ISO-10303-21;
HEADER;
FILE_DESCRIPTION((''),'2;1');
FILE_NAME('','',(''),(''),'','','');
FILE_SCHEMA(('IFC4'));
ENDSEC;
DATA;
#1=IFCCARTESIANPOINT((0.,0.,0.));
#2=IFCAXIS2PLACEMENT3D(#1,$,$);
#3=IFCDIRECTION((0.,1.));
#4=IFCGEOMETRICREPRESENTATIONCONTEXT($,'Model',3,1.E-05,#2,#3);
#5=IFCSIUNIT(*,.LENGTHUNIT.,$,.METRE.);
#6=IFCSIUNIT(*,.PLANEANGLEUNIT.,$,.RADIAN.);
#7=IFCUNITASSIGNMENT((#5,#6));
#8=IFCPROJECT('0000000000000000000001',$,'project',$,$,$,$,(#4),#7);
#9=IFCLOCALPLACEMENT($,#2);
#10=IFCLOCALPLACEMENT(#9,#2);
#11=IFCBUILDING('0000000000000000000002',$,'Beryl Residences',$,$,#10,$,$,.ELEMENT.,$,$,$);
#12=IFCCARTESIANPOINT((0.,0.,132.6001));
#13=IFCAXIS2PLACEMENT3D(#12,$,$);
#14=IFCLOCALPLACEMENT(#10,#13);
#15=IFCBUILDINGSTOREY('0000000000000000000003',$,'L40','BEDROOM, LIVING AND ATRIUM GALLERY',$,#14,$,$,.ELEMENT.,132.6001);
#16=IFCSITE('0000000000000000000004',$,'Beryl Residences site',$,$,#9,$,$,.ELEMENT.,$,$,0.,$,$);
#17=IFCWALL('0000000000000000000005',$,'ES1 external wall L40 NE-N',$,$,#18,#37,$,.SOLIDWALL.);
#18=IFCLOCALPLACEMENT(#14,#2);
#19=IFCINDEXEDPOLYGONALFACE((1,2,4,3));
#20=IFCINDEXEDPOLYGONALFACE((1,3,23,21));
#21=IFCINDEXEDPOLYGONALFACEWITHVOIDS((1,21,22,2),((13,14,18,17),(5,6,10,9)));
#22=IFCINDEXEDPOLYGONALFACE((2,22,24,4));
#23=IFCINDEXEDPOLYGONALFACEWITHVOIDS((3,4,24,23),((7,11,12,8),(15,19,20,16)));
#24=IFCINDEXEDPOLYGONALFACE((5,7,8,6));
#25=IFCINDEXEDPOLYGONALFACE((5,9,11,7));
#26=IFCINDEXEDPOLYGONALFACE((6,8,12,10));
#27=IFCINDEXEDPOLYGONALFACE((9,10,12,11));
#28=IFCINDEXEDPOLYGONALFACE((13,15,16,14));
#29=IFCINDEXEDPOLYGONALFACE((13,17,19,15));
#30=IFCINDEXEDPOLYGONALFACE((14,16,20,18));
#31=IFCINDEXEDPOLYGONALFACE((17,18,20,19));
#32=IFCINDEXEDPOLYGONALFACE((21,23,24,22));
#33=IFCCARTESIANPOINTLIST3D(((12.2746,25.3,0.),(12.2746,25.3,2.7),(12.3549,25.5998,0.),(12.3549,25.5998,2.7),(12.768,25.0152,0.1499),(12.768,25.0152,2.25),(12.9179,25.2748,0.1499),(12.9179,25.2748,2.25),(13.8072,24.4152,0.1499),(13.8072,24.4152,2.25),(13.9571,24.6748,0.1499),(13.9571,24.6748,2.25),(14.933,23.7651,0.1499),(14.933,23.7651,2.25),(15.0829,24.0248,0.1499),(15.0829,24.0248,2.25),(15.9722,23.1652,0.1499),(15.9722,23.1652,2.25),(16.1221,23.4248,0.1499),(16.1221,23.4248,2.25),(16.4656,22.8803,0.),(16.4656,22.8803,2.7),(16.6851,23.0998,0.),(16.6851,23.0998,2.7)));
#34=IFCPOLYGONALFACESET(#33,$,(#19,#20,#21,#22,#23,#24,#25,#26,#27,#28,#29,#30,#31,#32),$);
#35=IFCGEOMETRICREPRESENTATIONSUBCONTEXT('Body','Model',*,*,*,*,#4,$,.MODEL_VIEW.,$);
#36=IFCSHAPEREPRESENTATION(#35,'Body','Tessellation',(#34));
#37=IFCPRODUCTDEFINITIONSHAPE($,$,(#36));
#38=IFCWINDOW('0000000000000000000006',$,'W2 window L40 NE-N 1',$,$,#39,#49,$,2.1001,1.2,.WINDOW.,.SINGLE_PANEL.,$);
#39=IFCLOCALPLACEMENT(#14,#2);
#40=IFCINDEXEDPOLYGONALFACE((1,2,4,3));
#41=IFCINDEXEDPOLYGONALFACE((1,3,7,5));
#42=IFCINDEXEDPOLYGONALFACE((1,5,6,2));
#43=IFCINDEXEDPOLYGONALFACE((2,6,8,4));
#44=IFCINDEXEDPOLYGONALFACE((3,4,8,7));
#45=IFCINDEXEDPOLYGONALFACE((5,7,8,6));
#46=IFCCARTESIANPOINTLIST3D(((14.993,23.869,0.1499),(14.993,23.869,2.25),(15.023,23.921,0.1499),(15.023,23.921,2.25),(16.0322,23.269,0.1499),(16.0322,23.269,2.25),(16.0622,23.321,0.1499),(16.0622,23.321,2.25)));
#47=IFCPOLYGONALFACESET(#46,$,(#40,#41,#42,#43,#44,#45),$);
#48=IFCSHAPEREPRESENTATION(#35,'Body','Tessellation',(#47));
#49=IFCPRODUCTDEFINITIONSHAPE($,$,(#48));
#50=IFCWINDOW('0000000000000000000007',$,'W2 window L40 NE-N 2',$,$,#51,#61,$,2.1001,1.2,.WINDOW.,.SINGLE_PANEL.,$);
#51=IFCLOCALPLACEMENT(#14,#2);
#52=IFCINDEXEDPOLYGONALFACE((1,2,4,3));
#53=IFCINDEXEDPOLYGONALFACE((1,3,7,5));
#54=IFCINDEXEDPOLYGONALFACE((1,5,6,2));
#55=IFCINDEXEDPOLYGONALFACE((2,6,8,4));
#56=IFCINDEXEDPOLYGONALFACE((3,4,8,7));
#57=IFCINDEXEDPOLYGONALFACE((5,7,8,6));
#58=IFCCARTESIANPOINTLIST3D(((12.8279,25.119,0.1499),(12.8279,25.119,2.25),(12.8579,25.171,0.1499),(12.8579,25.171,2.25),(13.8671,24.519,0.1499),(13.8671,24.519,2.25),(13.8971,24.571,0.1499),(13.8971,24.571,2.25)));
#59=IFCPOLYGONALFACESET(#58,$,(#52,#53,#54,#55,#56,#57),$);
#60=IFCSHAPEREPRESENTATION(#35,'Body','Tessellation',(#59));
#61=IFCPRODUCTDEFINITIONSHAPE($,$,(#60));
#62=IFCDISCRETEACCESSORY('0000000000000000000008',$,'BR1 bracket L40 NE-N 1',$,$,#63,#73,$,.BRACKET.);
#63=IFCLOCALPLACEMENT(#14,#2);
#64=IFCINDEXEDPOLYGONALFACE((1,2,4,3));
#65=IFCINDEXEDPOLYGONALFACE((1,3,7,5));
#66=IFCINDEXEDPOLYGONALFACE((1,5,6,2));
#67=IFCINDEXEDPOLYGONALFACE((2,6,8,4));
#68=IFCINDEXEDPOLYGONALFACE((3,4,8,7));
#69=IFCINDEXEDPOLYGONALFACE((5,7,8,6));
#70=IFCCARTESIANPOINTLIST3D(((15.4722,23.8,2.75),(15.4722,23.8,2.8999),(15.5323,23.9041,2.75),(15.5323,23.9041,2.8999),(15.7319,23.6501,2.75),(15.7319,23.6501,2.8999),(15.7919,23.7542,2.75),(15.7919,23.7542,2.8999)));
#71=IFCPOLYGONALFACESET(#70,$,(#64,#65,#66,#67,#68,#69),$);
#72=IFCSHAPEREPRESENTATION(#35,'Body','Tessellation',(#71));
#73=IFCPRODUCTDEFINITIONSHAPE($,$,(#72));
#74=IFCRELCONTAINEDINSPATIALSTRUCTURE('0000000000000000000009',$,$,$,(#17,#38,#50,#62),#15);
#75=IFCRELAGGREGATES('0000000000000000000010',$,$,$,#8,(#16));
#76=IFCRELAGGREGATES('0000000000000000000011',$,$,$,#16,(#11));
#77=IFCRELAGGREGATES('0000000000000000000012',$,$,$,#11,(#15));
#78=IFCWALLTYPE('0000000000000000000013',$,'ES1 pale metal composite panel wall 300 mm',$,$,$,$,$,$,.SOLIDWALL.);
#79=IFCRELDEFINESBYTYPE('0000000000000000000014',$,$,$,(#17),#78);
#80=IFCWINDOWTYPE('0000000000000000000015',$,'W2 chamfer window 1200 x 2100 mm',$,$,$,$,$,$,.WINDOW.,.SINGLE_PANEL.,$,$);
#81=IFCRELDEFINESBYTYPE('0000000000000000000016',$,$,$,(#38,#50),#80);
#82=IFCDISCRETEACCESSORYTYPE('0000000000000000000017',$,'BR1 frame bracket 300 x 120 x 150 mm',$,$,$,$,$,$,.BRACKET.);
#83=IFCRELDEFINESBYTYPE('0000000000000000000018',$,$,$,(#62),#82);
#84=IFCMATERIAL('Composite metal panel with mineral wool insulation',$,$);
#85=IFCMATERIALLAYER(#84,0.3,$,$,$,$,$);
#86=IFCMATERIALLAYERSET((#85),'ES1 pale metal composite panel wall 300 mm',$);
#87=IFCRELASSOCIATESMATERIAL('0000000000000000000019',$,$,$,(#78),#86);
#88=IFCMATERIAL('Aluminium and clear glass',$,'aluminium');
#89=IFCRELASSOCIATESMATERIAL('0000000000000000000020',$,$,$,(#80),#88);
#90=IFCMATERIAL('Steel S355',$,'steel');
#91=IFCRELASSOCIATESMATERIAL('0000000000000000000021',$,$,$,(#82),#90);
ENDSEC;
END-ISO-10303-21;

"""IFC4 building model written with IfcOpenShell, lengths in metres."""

from ifc_helpers import new_model, si_unit, direction, frame, frame_2d, origin, place, context, subcontext, project, spatial, polyline, rectangle, outline, extrude, source, transform, mapped, material, layer, layer_set, type_object, type_shapes, element, fill, save


model = new_model("IFC4")

# Units and contexts
model_context = context("Model", 3, precision=1e-05, world=origin(), true_north=direction((0.0, 1.0)))
body_context = subcontext(model_context, "Body", "Model", "MODEL_VIEW")
ifc_project = project(units=[si_unit("LENGTHUNIT", "METRE"), si_unit("PLANEANGLEUNIT", "RADIAN")], contexts=[model_context])

# Site, building, storey
site_placement = place(None, origin())
site = spatial("IfcSite", under=ifc_project, at=site_placement, Name="Beryl Residences site", CompositionType="ELEMENT", RefElevation=0.0)
building_placement = place(site_placement, origin())
building = spatial("IfcBuilding", under=site, at=building_placement, Name="Beryl Residences", CompositionType="ELEMENT")
storey_placement = place(building_placement, frame((0.0, 0.0, 132.6001)))
storey = spatial("IfcBuildingStorey", under=building, at=storey_placement, Name="L40", Description="BEDROOM, LIVING AND ATRIUM GALLERY", CompositionType="ELEMENT", Elevation=132.6001)

# Wall, openings, windows
ifc_material_1 = material(Name="Composite metal panel with mineral wool insulation")
ifc_layer = layer(ifc_material_1, 0.3)
ifc_layer_set = layer_set([ifc_layer], Name="ES1 pale metal composite panel wall 300 mm")
wall_type = type_object("IfcWallType", Name="ES1 pale metal composite panel wall 300 mm", PredefinedType="SOLIDWALL", material=ifc_layer_set)
wall_1_placement = place(storey_placement, frame((16.6101, 22.97, 0.0), z_axis=(0.0, 0.0, 1.0), x_axis=(-0.866023, 0.500004, 0.0)))
wall_1 = element("IfcWall", 1, at=wall_1_placement, inside=storey, type_object=wall_type, Name="ES1 external wall L40 NE-N", PredefinedType="SOLIDWALL", context=body_context, shape_type="SweptSolid", body=[
    extrude(outline(polyline([(0.0, -0.1499), (5.0, -0.1499), (4.9197, 0.1499), (0.0803, 0.1499), (0.0, -0.1499)])), origin(), (0.0, 0.0, 1.0), 2.7),
])
opening_1_placement = place(wall_1_placement, frame((0.6499, 0.0, 0.1499)))
opening_1 = element("IfcOpeningElement", 2, at=opening_1_placement, cuts=wall_1, PredefinedType="OPENING", context=body_context, shape_type="SweptSolid", body=[
    extrude(rectangle(XDim=1.2, YDim=2.1001, at=frame_2d((0.6001, 1.05))), frame((0.0, 0.1599, 0.0), z_axis=(0.0, -1.0, 0.0), x_axis=(1.0, 0.0, 0.0)), (0.0, 0.0, 1.0), 0.3201),
])
opening_2_placement = place(wall_1_placement, frame((3.1499, 0.0, 0.1499)))
opening_2 = element("IfcOpeningElement", 3, at=opening_2_placement, cuts=wall_1, PredefinedType="OPENING", context=body_context, shape_type="SweptSolid", body=[
    extrude(rectangle(XDim=1.2, YDim=2.1001, at=frame_2d((0.6001, 1.05))), frame((0.0, 0.1599, 0.0), z_axis=(0.0, -1.0, 0.0), x_axis=(1.0, 0.0, 0.0)), (0.0, 0.0, 1.0), 0.3201),
])
ifc_material_2 = material(Name="Aluminium and clear glass", Category="aluminium")
window_type_1 = type_object("IfcWindowType", Name="W2 chamfer window 1200 x 2100 mm", PartitioningType="SINGLE_PANEL", PredefinedType="WINDOW", material=ifc_material_2)
window_1_placement = place(opening_1_placement, origin())
window_1 = element("IfcWindow", 4, at=window_1_placement, inside=storey, type_object=window_type_1, Name="W2 window L40 NE-N 1", OverallHeight=2.1001, OverallWidth=1.2, PartitioningType="SINGLE_PANEL", PredefinedType="WINDOW", context=body_context, shape_type="SweptSolid", body=[
    extrude(rectangle(XDim=1.2, YDim=2.1001, at=frame_2d((0.6001, 1.05))), frame((0.0, 0.03, 0.0), z_axis=(0.0, -1.0, 0.0), x_axis=(1.0, 0.0, 0.0)), (0.0, 0.0, 1.0), 0.0601),
])
fill(opening_1, window_1)
window_2_placement = place(opening_2_placement, origin())
window_2 = element("IfcWindow", 5, at=window_2_placement, inside=storey, type_object=window_type_1, Name="W2 window L40 NE-N 2", OverallHeight=2.1001, OverallWidth=1.2, PartitioningType="SINGLE_PANEL", PredefinedType="WINDOW", context=body_context, shape_type="SweptSolid", body=[
    extrude(rectangle(XDim=1.2, YDim=2.1001, at=frame_2d((0.6001, 1.05))), frame((0.0, 0.03, 0.0), z_axis=(0.0, -1.0, 0.0), x_axis=(1.0, 0.0, 0.0)), (0.0, 0.0, 1.0), 0.0601),
])
fill(opening_2, window_2)

# Discrete accessory
ifc_material_3 = material(Name="Steel S355", Category="steel")
discrete_accessory_type = type_object("IfcDiscreteAccessoryType", Name="BR1 frame bracket 300 x 120 x 150 mm", PredefinedType="BRACKET", material=ifc_material_3)
shared_shape_1 = source(origin(), body_context, "Body", "SweptSolid", [
    extrude(outline(polyline([(-0.1499, 0.0), (0.1499, 0.0), (0.1499, 0.1201), (-0.1499, 0.1201), (-0.1499, 0.0)])), origin(), (0.0, 0.0, 1.0), 0.1499),
])
type_shapes(discrete_accessory_type, [shared_shape_1])
discrete_accessory_placement = place(storey_placement, frame((15.6021, 23.7251, 2.75), z_axis=(0.0, 0.0, 1.0), x_axis=(0.866025, -0.5, 0.0)))
element("IfcDiscreteAccessory", 6, at=discrete_accessory_placement, inside=storey, type_object=discrete_accessory_type, Name="BR1 bracket L40 NE-N 1", PredefinedType="BRACKET", context=body_context, shape_type="MappedRepresentation", body=[
    mapped(shared_shape_1, transform((0.0, 0.0, 0.0))),
])

save(model, "model.ifc")
